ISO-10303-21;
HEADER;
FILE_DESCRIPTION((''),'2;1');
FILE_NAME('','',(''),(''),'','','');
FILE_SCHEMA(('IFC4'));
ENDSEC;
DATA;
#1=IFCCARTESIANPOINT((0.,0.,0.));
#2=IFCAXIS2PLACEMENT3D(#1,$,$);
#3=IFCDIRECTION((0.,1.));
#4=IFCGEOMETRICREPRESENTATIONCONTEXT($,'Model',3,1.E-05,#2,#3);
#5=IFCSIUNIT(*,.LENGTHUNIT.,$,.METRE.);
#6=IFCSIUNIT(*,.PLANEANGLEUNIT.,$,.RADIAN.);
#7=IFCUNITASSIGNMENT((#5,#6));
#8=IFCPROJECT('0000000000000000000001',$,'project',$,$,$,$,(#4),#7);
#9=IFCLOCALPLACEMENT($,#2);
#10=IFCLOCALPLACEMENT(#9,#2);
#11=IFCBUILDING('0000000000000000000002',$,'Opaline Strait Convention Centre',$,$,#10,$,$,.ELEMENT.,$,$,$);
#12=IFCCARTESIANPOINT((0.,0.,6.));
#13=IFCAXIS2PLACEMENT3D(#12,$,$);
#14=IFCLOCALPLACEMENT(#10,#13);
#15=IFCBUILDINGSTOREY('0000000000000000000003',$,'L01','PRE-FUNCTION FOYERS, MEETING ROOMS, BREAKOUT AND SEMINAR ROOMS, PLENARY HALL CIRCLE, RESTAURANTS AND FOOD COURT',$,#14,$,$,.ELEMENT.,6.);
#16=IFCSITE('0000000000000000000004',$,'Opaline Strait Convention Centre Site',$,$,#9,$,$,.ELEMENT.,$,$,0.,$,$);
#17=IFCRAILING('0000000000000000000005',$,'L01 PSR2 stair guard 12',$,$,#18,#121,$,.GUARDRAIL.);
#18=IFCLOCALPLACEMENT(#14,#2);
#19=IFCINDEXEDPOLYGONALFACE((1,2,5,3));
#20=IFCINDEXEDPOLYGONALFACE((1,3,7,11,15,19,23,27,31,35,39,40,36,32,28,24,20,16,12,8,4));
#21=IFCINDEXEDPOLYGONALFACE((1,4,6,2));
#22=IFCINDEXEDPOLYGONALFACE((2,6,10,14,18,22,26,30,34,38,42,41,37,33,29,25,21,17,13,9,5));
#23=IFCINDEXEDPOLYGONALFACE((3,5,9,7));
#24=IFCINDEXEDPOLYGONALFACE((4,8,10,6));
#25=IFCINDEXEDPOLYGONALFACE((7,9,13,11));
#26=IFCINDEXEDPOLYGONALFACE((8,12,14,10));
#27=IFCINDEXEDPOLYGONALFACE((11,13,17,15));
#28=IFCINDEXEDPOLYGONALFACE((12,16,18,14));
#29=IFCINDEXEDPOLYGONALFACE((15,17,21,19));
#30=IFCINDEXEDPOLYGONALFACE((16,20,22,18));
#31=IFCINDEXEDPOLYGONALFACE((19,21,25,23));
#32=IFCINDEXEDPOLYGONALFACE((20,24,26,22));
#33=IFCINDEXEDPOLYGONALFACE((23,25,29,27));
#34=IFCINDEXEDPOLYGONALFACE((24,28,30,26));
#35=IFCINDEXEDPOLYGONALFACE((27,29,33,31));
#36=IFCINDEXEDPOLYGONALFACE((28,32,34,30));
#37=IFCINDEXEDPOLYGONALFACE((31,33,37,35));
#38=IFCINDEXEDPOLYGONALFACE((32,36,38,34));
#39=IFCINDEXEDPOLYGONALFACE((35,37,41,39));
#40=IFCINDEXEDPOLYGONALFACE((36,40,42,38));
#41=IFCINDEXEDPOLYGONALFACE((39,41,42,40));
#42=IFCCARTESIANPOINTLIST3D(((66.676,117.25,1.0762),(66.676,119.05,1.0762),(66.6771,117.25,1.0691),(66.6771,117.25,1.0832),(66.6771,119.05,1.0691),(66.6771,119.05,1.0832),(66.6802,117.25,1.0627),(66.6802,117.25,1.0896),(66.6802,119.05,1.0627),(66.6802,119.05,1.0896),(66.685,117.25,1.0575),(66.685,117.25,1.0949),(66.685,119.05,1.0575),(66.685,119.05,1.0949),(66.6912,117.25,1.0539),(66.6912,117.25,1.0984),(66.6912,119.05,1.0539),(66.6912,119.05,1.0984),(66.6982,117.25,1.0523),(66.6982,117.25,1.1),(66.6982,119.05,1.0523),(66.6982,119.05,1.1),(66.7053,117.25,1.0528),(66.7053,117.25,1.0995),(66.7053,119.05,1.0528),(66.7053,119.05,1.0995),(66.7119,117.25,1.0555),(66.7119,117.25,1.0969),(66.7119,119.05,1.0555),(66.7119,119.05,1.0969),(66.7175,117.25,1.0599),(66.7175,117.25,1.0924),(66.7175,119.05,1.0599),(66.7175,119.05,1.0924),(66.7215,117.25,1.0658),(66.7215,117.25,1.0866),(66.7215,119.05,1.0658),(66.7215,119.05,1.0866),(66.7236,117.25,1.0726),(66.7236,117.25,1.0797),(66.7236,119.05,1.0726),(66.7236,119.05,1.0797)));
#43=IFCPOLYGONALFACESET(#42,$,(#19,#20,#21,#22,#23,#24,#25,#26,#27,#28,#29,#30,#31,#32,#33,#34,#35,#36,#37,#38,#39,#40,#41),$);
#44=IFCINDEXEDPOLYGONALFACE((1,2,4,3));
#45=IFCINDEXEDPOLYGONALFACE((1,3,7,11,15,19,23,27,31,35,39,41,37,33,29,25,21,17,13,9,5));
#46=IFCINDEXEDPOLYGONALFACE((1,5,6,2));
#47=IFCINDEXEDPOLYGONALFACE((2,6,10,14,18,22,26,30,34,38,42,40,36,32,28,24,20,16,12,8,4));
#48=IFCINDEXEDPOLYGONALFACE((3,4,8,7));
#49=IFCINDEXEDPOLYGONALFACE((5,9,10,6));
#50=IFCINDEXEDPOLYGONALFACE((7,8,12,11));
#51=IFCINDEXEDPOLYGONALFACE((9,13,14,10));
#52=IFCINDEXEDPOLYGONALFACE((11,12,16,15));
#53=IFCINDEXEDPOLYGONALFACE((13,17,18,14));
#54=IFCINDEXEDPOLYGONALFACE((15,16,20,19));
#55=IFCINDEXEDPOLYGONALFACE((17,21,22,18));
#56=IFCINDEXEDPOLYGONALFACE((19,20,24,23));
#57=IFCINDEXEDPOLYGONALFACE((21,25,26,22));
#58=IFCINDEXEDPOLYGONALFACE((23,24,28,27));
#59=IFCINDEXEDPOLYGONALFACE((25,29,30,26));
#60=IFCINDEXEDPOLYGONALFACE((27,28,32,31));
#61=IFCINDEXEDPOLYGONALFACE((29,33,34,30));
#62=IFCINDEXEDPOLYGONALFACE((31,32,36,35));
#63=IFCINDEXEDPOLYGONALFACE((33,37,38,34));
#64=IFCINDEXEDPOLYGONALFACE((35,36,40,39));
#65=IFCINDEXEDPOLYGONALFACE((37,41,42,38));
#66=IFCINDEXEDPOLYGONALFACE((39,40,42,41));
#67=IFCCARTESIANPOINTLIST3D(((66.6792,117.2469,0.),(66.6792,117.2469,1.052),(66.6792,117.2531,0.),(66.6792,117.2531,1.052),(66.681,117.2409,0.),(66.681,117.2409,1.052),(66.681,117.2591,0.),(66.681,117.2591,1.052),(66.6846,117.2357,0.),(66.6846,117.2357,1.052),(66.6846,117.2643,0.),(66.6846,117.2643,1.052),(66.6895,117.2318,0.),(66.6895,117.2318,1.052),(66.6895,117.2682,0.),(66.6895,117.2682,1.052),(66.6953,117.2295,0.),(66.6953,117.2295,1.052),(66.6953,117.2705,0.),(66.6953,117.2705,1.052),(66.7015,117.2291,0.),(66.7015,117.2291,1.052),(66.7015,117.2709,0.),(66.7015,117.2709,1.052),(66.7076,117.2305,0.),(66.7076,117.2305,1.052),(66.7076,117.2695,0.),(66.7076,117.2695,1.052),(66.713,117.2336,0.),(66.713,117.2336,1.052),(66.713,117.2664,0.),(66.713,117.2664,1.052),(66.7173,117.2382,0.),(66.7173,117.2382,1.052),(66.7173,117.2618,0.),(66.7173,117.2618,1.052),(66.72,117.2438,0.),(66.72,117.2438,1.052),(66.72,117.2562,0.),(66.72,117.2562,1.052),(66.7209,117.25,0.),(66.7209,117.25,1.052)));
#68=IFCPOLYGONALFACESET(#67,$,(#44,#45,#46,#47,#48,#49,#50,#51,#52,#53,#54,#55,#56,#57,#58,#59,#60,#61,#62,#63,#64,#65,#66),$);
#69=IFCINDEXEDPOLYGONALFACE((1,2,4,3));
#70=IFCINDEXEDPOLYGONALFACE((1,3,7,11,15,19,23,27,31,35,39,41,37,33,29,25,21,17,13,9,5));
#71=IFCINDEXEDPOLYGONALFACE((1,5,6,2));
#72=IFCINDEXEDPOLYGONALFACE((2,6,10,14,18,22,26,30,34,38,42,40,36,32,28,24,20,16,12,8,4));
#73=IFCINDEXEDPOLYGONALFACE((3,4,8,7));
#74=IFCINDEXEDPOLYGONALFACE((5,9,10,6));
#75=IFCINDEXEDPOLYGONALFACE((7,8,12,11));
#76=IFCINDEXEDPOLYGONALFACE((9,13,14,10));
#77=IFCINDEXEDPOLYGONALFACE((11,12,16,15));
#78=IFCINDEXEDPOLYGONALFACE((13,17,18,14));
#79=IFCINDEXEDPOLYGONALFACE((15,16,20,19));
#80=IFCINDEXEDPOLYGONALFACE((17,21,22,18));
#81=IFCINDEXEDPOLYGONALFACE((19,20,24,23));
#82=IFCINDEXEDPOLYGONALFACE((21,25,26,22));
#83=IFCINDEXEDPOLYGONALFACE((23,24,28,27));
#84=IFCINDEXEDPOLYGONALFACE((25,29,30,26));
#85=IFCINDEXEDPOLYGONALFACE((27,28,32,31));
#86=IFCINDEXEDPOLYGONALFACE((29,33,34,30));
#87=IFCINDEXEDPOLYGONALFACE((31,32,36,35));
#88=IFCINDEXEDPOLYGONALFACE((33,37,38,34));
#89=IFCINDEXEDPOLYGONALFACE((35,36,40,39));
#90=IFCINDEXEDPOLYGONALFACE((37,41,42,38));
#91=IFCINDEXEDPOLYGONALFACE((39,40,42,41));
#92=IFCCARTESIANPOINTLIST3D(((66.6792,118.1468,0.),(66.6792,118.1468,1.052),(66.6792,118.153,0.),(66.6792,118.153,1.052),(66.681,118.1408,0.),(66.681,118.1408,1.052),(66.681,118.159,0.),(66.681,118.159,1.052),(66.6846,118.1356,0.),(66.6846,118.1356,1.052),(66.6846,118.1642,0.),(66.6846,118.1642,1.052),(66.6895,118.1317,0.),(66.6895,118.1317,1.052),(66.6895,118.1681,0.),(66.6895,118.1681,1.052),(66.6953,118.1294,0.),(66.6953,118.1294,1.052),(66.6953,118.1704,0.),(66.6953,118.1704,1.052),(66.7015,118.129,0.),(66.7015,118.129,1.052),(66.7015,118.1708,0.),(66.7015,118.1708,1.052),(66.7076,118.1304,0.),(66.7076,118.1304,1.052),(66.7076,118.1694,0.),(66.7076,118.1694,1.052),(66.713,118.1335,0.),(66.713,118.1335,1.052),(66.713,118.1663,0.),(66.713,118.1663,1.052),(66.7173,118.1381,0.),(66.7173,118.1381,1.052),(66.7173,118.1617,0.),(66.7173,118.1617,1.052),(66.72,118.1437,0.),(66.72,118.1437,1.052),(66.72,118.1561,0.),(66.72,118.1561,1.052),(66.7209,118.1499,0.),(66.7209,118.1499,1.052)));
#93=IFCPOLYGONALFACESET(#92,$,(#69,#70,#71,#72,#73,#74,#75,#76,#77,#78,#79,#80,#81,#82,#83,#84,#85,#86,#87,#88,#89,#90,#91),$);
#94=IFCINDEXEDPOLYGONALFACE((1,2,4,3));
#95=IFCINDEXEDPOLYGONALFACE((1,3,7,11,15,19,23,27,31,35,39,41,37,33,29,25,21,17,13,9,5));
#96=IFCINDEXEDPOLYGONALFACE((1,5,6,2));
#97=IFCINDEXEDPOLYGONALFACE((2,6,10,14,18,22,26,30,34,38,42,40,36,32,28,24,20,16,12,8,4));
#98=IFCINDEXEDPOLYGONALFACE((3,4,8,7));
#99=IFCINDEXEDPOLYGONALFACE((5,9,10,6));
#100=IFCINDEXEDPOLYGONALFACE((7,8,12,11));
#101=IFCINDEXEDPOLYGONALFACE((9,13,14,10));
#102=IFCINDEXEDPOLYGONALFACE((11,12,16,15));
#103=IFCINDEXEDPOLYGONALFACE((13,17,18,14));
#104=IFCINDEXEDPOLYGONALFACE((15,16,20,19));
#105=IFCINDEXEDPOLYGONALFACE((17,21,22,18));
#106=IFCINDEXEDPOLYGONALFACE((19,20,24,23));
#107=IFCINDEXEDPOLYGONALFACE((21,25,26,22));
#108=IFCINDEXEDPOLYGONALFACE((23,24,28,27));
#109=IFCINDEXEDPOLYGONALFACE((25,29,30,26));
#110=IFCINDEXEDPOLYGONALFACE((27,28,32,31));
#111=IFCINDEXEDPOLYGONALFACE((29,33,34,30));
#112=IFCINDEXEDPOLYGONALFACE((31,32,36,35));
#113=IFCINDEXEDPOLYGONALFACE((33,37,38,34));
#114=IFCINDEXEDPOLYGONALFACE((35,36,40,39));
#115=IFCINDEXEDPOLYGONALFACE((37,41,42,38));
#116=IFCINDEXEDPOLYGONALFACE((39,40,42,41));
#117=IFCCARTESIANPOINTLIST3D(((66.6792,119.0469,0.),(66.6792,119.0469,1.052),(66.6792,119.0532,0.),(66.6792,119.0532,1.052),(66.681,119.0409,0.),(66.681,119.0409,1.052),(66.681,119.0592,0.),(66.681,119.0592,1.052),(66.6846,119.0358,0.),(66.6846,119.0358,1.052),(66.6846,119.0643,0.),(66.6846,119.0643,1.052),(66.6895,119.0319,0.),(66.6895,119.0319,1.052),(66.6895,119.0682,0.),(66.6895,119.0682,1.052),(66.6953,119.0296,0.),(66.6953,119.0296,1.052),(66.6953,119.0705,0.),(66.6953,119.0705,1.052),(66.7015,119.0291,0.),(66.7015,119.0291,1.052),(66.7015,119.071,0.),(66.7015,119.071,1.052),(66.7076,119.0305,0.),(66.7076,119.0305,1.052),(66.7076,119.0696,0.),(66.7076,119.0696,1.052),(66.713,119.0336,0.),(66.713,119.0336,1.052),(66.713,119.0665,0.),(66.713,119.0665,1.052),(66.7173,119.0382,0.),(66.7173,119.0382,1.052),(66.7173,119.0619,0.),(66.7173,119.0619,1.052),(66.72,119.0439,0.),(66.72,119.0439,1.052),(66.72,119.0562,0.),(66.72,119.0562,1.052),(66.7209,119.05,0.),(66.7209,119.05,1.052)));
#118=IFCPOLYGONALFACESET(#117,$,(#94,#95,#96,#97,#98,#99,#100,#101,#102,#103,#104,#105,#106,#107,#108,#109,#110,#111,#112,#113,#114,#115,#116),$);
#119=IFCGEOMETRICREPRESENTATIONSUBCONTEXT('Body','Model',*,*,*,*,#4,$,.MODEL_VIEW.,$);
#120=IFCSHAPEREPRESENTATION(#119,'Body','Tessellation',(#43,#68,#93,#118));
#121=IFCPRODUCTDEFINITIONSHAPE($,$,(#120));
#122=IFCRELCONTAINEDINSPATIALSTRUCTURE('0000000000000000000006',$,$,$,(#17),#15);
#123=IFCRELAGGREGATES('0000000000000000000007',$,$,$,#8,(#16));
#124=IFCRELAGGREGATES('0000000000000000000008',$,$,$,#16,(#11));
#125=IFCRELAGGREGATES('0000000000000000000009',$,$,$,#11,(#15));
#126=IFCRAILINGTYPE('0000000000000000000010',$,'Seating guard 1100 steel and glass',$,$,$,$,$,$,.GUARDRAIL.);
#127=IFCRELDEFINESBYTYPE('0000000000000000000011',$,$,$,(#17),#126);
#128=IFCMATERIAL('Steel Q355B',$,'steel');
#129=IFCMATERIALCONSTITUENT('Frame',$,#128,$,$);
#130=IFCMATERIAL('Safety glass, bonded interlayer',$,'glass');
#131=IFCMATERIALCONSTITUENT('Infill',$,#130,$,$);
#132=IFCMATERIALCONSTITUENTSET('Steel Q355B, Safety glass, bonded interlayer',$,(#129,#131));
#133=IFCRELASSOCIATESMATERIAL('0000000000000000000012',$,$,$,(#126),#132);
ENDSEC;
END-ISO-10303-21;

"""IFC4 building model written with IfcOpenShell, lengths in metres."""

from ifc_helpers import new_model, si_unit, direction, frame, origin, origin_2d, place, context, subcontext, project, spatial, circle, extrude, material, constituent, constituent_set, type_object, element, save


model = new_model("IFC4")

# Units and contexts
model_context = context("Model", 3, precision=1e-05, world=origin(), true_north=direction((0.0, 1.0)))
body_context = subcontext(model_context, "Body", "Model", "MODEL_VIEW")
ifc_project = project(units=[si_unit("LENGTHUNIT", "METRE"), si_unit("PLANEANGLEUNIT", "RADIAN")], contexts=[model_context])

# Site, building, storey
site_placement = place(None, origin())
site = spatial("IfcSite", under=ifc_project, at=site_placement, Name="Opaline Strait Convention Centre Site", CompositionType="ELEMENT", RefElevation=0.0)
building_placement = place(site_placement, origin())
building = spatial("IfcBuilding", under=site, at=building_placement, Name="Opaline Strait Convention Centre", CompositionType="ELEMENT")
storey_placement = place(building_placement, frame((0.0, 0.0, 6.0)))
storey = spatial("IfcBuildingStorey", under=building, at=storey_placement, Name="L01", Description="PRE-FUNCTION FOYERS, MEETING ROOMS, BREAKOUT AND SEMINAR ROOMS, PLENARY HALL CIRCLE, RESTAURANTS AND FOOD COURT", CompositionType="ELEMENT", Elevation=6.0)

# Railing
ifc_material_1 = material(Name="Steel Q355B", Category="steel")
ifc_constituent_1 = constituent(ifc_material_1, Name="Frame")
ifc_material_2 = material(Name="Safety glass, bonded interlayer", Category="glass")
ifc_constituent_2 = constituent(ifc_material_2, Name="Infill")
ifc_constituent_set_1 = constituent_set(constituents=[ifc_constituent_1, ifc_constituent_2], Name="Steel Q355B, Safety glass, bonded interlayer")
railing_type_1 = type_object("IfcRailingType", Name="Seating guard 1100 steel and glass", PredefinedType="GUARDRAIL", material=ifc_constituent_set_1)
railing_1_placement = place(storey_placement, frame((66.7, 117.25, 0.0)))
element("IfcRailing", 1, at=railing_1_placement, inside=storey, type_object=railing_type_1, Name="L01 PSR2 stair guard 12", PredefinedType="GUARDRAIL", context=body_context, shape_type="SweptSolid", body=[
    extrude(circle(Radius=0.0239, at=origin_2d()), frame((0.0, 0.0, 1.0762), z_axis=(0.0, 1.0, 0.0), x_axis=(-1.0, 0.0, 0.0)), (0.0, 0.0, 1.0), 1.8),
    extrude(circle(Radius=0.021, at=origin_2d()), origin(), (0.0, 0.0, 1.0), 1.052),
    extrude(circle(Radius=0.021, at=origin_2d()), frame((0.0, 0.8999, 0.0)), (0.0, 0.0, 1.0), 1.052),
    extrude(circle(Radius=0.021, at=origin_2d()), frame((0.0, 1.8, 0.0)), (0.0, 0.0, 1.0), 1.052),
])

save(model, "model.ifc")
